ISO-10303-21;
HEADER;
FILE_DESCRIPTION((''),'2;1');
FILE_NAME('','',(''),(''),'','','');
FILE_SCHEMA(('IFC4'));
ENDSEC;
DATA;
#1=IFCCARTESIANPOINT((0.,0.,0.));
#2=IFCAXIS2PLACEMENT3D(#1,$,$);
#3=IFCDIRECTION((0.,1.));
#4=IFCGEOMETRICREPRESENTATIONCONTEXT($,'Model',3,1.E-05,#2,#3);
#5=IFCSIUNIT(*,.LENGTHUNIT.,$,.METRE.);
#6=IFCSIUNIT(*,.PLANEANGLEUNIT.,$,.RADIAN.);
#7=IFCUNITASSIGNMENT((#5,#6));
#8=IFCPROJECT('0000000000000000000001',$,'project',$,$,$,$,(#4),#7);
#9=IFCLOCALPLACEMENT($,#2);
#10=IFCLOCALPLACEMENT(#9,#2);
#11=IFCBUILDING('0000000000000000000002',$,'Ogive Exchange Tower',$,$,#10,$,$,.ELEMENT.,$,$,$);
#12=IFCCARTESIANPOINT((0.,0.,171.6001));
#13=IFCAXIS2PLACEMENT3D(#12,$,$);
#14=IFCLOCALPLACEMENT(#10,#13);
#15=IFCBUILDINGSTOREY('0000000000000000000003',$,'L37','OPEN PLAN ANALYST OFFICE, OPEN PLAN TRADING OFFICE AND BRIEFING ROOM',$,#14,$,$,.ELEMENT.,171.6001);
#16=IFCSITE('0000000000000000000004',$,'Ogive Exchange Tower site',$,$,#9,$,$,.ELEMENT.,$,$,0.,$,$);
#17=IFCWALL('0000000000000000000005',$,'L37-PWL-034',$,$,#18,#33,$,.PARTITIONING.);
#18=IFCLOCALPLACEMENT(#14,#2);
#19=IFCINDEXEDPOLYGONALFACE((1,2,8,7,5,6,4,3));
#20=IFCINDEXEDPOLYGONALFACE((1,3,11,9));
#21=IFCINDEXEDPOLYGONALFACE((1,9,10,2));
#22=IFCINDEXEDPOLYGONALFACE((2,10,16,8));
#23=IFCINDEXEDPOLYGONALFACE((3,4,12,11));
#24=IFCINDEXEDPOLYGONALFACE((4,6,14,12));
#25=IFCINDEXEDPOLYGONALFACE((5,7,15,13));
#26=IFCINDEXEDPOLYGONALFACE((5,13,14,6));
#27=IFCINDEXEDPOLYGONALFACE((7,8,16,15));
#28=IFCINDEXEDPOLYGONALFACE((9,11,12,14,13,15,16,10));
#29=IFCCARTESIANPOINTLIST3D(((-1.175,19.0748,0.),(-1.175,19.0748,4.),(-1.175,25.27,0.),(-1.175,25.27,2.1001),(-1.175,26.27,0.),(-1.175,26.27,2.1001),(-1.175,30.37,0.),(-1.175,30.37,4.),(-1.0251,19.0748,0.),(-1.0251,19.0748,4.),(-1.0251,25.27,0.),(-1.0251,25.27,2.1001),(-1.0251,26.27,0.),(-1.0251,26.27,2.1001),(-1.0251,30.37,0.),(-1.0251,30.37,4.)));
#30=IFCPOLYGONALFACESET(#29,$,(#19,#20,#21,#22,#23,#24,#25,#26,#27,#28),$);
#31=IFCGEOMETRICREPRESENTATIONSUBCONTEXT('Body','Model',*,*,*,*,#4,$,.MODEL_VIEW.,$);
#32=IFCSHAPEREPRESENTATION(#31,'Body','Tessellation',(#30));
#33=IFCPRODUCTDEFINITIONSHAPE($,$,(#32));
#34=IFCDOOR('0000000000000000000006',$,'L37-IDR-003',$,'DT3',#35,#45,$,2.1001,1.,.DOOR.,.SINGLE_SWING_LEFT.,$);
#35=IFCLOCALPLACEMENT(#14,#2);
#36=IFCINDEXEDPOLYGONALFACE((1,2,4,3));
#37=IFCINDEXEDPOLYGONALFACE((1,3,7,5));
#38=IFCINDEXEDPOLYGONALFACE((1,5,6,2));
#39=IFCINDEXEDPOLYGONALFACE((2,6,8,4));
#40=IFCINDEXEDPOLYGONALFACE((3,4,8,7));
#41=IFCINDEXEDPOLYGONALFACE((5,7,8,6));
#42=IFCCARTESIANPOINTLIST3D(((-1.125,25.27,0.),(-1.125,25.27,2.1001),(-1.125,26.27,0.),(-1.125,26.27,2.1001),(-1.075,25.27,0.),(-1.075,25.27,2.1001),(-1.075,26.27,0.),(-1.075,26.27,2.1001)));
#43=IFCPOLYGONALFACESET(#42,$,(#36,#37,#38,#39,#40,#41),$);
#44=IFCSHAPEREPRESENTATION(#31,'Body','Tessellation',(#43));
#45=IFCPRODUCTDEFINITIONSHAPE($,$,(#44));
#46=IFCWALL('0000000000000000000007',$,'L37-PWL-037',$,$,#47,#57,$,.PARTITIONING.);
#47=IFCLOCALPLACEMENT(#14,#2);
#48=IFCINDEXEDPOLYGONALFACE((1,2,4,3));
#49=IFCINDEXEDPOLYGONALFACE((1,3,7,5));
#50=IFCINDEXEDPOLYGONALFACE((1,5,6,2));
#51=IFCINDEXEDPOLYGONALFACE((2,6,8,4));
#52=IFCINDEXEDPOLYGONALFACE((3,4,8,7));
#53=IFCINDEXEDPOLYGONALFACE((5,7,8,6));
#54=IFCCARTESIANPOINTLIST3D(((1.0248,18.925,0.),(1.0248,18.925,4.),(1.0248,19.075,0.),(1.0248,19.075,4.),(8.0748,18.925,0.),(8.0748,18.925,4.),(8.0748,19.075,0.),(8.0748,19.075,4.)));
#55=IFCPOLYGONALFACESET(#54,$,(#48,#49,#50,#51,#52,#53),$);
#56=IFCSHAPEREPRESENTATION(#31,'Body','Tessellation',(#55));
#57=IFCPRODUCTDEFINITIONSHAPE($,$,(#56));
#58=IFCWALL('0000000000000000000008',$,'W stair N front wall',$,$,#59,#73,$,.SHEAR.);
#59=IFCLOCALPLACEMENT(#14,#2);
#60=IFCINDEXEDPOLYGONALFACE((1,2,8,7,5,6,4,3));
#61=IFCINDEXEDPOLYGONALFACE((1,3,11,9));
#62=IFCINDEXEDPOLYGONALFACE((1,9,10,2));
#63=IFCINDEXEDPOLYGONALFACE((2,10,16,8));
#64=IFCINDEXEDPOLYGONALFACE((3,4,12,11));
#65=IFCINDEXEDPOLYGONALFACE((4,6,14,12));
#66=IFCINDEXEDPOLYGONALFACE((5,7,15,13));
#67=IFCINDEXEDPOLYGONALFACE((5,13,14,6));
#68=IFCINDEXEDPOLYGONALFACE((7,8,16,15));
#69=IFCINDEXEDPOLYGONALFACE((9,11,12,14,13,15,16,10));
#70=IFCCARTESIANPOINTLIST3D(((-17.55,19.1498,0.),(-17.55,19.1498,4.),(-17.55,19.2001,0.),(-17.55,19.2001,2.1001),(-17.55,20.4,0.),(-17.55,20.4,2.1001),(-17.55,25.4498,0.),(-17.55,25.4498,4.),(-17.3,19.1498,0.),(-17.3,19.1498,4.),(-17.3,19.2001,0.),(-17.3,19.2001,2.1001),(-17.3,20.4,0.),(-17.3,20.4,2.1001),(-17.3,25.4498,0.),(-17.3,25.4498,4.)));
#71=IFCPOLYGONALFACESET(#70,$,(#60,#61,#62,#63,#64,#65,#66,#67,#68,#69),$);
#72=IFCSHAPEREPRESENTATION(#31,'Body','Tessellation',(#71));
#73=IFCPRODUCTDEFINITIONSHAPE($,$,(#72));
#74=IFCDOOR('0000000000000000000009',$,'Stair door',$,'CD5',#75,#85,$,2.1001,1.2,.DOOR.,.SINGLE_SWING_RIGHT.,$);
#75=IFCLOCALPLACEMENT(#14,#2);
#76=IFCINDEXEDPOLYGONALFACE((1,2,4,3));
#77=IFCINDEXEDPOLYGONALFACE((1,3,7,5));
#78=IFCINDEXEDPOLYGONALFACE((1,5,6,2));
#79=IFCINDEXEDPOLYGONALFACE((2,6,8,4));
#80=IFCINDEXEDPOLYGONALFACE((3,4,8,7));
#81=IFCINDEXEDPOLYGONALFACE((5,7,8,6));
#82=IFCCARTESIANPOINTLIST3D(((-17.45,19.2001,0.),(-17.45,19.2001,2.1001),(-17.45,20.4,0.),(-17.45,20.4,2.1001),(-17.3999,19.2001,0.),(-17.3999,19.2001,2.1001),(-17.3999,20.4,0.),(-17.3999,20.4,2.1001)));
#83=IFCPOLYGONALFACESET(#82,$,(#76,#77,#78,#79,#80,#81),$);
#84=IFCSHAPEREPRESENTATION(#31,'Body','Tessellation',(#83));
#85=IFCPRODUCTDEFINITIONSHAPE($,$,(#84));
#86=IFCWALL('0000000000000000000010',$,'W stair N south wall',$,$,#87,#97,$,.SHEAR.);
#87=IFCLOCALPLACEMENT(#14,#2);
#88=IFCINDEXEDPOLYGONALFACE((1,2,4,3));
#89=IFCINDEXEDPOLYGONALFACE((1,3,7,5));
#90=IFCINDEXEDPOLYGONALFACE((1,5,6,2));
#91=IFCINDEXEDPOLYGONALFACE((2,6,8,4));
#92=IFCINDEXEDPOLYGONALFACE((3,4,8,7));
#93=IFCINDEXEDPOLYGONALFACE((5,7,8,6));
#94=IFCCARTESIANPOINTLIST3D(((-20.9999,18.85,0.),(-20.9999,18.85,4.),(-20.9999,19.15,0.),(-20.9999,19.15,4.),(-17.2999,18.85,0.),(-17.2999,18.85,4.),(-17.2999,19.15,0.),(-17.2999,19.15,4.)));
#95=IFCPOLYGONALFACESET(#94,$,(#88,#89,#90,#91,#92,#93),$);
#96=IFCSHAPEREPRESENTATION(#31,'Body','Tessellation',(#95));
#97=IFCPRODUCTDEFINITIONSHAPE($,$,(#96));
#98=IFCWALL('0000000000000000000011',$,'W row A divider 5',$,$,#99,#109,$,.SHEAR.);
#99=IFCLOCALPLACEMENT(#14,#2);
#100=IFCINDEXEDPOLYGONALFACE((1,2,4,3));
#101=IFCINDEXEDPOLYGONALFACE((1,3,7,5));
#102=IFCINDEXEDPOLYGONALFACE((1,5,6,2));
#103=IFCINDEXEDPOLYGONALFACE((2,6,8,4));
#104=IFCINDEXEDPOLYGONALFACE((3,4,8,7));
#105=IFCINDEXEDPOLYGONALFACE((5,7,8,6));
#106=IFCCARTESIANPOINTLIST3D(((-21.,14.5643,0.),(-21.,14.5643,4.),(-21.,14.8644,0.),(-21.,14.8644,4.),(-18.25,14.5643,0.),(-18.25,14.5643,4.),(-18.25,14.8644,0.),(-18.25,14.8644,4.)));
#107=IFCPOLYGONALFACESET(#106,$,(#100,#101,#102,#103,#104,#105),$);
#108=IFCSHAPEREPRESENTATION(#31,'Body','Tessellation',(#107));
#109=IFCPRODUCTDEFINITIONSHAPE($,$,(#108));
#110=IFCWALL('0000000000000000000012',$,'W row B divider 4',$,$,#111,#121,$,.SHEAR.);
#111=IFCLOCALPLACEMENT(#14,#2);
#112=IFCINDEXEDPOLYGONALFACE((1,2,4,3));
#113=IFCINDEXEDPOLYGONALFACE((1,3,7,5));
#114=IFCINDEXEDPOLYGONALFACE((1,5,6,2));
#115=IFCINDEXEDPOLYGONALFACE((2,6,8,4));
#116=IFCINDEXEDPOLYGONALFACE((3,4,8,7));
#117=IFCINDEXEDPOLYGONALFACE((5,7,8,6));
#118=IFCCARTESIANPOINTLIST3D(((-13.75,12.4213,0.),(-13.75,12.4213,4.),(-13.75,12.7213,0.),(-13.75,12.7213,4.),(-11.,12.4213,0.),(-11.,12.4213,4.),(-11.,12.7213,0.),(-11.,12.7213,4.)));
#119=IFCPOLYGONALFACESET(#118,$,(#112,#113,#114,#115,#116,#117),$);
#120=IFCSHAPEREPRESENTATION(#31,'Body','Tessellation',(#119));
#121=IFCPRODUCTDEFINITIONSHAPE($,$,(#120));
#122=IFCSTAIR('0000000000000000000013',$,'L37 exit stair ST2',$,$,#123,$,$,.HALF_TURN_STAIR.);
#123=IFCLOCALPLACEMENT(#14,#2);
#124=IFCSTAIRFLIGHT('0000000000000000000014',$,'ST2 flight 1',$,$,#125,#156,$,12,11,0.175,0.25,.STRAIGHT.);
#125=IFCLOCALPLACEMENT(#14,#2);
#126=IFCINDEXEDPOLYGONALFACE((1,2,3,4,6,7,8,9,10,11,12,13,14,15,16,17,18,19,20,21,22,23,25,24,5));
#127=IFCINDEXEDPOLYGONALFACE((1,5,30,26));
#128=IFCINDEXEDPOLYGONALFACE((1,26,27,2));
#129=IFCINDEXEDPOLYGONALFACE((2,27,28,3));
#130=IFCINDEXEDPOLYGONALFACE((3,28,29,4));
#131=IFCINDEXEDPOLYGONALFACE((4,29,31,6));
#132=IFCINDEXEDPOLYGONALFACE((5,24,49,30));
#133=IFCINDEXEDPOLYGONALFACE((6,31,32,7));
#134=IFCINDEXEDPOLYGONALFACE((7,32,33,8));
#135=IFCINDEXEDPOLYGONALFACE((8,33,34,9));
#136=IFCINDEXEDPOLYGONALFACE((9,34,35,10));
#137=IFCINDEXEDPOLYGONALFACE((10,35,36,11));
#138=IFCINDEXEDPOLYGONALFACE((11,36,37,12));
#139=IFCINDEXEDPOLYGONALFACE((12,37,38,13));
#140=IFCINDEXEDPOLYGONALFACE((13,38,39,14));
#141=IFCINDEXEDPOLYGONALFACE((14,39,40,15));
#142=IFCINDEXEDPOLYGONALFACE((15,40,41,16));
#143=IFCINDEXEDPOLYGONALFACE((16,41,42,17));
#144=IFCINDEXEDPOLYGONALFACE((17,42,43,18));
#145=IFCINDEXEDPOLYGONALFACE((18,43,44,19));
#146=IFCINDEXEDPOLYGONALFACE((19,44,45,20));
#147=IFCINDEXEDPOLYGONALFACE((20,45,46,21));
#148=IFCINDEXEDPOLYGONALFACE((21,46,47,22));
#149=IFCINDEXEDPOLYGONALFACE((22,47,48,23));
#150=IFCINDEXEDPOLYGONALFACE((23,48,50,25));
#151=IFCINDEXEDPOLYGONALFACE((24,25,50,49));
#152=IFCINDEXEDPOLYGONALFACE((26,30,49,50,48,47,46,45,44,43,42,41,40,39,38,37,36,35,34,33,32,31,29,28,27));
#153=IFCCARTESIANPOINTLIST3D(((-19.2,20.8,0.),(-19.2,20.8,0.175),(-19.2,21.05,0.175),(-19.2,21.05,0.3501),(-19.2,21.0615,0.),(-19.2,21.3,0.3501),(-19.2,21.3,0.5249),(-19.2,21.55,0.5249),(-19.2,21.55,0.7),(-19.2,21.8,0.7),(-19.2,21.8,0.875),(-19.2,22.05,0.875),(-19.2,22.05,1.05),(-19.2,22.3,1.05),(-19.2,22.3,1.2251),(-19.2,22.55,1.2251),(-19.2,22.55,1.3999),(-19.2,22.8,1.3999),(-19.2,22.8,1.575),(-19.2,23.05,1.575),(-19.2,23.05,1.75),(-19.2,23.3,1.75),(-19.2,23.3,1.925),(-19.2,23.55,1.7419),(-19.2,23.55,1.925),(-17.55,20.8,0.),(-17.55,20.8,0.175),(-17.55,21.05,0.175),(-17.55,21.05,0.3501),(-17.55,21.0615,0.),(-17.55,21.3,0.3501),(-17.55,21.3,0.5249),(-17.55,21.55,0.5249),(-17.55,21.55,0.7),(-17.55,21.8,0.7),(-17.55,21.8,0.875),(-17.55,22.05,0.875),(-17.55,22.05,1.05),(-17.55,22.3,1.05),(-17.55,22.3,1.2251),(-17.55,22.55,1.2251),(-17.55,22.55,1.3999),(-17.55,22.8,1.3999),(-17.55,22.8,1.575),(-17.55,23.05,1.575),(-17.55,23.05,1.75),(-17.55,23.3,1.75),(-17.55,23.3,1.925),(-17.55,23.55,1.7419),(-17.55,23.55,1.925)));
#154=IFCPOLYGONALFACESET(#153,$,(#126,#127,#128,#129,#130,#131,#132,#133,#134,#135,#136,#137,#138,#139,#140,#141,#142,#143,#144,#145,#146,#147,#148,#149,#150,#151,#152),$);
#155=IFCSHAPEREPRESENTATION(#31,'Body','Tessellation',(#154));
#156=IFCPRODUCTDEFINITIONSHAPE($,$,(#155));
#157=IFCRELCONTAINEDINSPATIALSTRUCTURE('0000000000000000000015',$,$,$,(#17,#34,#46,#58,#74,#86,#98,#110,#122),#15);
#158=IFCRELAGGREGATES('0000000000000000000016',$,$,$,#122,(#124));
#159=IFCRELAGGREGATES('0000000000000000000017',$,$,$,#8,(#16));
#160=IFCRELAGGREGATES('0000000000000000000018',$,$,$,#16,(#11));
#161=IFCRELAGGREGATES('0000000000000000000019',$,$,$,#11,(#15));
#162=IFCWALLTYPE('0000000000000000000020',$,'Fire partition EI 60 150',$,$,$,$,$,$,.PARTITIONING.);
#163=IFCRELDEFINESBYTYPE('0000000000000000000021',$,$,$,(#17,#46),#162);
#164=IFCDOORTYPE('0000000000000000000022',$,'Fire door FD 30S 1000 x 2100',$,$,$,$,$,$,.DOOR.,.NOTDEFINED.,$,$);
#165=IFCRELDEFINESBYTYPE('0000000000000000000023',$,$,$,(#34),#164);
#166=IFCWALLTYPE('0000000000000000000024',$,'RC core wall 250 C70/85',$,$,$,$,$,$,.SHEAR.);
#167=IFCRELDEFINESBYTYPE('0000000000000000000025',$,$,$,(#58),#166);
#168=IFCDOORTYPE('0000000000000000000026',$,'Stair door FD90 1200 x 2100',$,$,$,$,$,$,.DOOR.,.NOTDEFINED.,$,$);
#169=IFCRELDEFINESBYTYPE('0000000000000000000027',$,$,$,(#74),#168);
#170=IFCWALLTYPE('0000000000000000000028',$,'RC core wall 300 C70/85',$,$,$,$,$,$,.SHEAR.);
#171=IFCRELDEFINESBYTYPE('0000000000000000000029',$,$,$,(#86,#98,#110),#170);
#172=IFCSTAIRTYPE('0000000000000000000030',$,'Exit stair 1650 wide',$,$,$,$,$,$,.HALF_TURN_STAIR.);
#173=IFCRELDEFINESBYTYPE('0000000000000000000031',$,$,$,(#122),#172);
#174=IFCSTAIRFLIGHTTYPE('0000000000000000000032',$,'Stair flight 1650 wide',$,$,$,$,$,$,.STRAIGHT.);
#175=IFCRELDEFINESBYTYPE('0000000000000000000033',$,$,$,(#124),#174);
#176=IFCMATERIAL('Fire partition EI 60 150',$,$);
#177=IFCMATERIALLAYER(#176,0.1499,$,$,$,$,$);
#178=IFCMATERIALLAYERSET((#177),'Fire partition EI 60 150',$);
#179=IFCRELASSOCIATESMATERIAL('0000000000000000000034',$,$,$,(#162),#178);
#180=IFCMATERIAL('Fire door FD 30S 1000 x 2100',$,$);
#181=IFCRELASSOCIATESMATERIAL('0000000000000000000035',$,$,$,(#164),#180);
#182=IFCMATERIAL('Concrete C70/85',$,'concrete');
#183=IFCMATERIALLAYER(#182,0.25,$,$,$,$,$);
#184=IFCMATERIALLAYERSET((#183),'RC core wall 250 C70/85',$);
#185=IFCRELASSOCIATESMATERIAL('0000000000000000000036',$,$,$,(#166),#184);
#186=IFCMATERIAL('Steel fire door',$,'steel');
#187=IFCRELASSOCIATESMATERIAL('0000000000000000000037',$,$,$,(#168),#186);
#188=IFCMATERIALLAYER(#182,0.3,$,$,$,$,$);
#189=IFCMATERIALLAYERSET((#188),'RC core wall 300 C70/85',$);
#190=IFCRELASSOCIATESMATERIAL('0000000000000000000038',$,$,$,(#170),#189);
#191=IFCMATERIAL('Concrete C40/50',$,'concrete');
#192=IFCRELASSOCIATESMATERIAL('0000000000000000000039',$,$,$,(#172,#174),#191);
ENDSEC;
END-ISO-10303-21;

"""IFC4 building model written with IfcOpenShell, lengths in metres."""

from ifc_helpers import new_model, si_unit, direction, frame, frame_2d, origin, place, context, subcontext, project, spatial, polyline, rectangle, outline, extrude, material, layer, layer_set, type_object, element, fill, aggregate, save


model = new_model("IFC4")

# Units and contexts
model_context = context("Model", 3, precision=1e-05, world=origin(), true_north=direction((0.0, 1.0)))
body_context = subcontext(model_context, "Body", "Model", "MODEL_VIEW")
ifc_project = project(units=[si_unit("LENGTHUNIT", "METRE"), si_unit("PLANEANGLEUNIT", "RADIAN")], contexts=[model_context])

# Site, building, storey
site_placement = place(None, origin())
site = spatial("IfcSite", under=ifc_project, at=site_placement, Name="Ogive Exchange Tower site", CompositionType="ELEMENT", RefElevation=0.0)
building_placement = place(site_placement, origin())
building = spatial("IfcBuilding", under=site, at=building_placement, Name="Ogive Exchange Tower", CompositionType="ELEMENT")
storey_placement = place(building_placement, frame((0.0, 0.0, 171.6001)))
storey = spatial("IfcBuildingStorey", under=building, at=storey_placement, Name="L37", Description="OPEN PLAN ANALYST OFFICE, OPEN PLAN TRADING OFFICE AND BRIEFING ROOM", CompositionType="ELEMENT", Elevation=171.6001)

# Shared definitions
ifc_material_1 = material(Name="Fire partition EI 60 150")
ifc_layer_1 = layer(ifc_material_1, 0.1499)
ifc_layer_set_1 = layer_set([ifc_layer_1], Name="Fire partition EI 60 150")
wall_type_1 = type_object("IfcWallType", Name="Fire partition EI 60 150", PredefinedType="PARTITIONING", material=ifc_layer_set_1)

# Wall, opening, door
wall_1_placement = place(storey_placement, frame((-1.1001, 19.075, 0.0), z_axis=(0.0, 0.0, 1.0), x_axis=(0.0, 1.0, 0.0)))
wall_1 = element("IfcWall", 1, at=wall_1_placement, inside=storey, type_object=wall_type_1, Name="L37-PWL-034", PredefinedType="PARTITIONING", context=body_context, shape_type="SweptSolid", body=[
    extrude(rectangle(XDim=11.2952, YDim=0.1499, at=frame_2d((5.6475, 0.0))), origin(), (0.0, 0.0, 1.0), 4.0),
])
opening_1_placement = place(wall_1_placement, frame((6.1951, 0.0, 0.0)))
opening_1 = element("IfcOpeningElement", 2, at=opening_1_placement, cuts=wall_1, PredefinedType="OPENING", context=body_context, shape_type="SweptSolid", body=[
    extrude(rectangle(XDim=1.0, YDim=2.1001, at=frame_2d((0.5, 1.05))), frame((0.0, 0.085, 0.0), z_axis=(0.0, -1.0, 0.0), x_axis=(1.0, 0.0, 0.0)), (0.0, 0.0, 1.0), 0.1699),
])
ifc_material_2 = material(Name="Fire door FD 30S 1000 x 2100")
door_type_1 = type_object("IfcDoorType", Name="Fire door FD 30S 1000 x 2100", OperationType="NOTDEFINED", PredefinedType="DOOR", material=ifc_material_2)
door_1_placement = place(opening_1_placement, origin())
door_1 = element("IfcDoor", 3, at=door_1_placement, inside=storey, type_object=door_type_1, Name="L37-IDR-003", ObjectType="DT3", OperationType="SINGLE_SWING_LEFT", OverallHeight=2.1001, OverallWidth=1.0, PredefinedType="DOOR", context=body_context, shape_type="SweptSolid", body=[
    extrude(rectangle(XDim=1.0, YDim=2.1001, at=frame_2d((0.5, 1.05))), frame((0.0, 0.0249, 0.0), z_axis=(0.0, -1.0, 0.0), x_axis=(1.0, 0.0, 0.0)), (0.0, 0.0, 1.0), 0.05),
])
fill(opening_1, door_1)

# Wall
wall_2_placement = place(storey_placement, frame((1.0249, 19.0, 0.0), z_axis=(0.0, 0.0, 1.0), x_axis=(1.0, 0.0, 0.0)))
element("IfcWall", 4, at=wall_2_placement, inside=storey, type_object=wall_type_1, Name="L37-PWL-037", PredefinedType="PARTITIONING", context=body_context, shape_type="SweptSolid", body=[
    extrude(rectangle(XDim=7.05, YDim=0.1499, at=frame_2d((3.5249, 0.0))), origin(), (0.0, 0.0, 1.0), 4.0),
])

# Wall, opening, door
ifc_material_3 = material(Name="Concrete C70/85", Category="concrete")
ifc_layer_2 = layer(ifc_material_3, 0.25)
ifc_layer_set_2 = layer_set([ifc_layer_2], Name="RC core wall 250 C70/85")
wall_type_2 = type_object("IfcWallType", Name="RC core wall 250 C70/85", PredefinedType="SHEAR", material=ifc_layer_set_2)
wall_3_placement = place(storey_placement, frame((-17.425, 19.1499, 0.0), z_axis=(0.0, 0.0, 1.0), x_axis=(0.0, 1.0, 0.0)))
wall_3 = element("IfcWall", 5, at=wall_3_placement, inside=storey, type_object=wall_type_2, Name="W stair N front wall", PredefinedType="SHEAR", context=body_context, shape_type="SweptSolid", body=[
    extrude(rectangle(XDim=6.3, YDim=0.25, at=frame_2d((3.1499, 0.0))), origin(), (0.0, 0.0, 1.0), 4.0),
])
opening_2_placement = place(wall_3_placement, frame((0.05, 0.0, 0.0)))
opening_2 = element("IfcOpeningElement", 6, at=opening_2_placement, cuts=wall_3, PredefinedType="OPENING", context=body_context, shape_type="SweptSolid", body=[
    extrude(rectangle(XDim=1.2, YDim=2.1001, at=frame_2d((0.6001, 1.05))), frame((0.0, 0.135, 0.0), z_axis=(0.0, -1.0, 0.0), x_axis=(1.0, 0.0, 0.0)), (0.0, 0.0, 1.0), 0.27),
])
ifc_material_4 = material(Name="Steel fire door", Category="steel")
door_type_2 = type_object("IfcDoorType", Name="Stair door FD90 1200 x 2100", OperationType="NOTDEFINED", PredefinedType="DOOR", material=ifc_material_4)
door_2_placement = place(opening_2_placement, origin())
door_2 = element("IfcDoor", 7, at=door_2_placement, inside=storey, type_object=door_type_2, Name="Stair door", ObjectType="CD5", OperationType="SINGLE_SWING_RIGHT", OverallHeight=2.1001, OverallWidth=1.2, PredefinedType="DOOR", context=body_context, shape_type="SweptSolid", body=[
    extrude(rectangle(XDim=1.2, YDim=2.1001, at=frame_2d((0.6001, 1.05))), frame((0.0, 0.0249, 0.0), z_axis=(0.0, -1.0, 0.0), x_axis=(1.0, 0.0, 0.0)), (0.0, 0.0, 1.0), 0.05),
])
fill(opening_2, door_2)

# Walls
ifc_layer_3 = layer(ifc_material_3, 0.3)
ifc_layer_set_3 = layer_set([ifc_layer_3], Name="RC core wall 300 C70/85")
wall_type_3 = type_object("IfcWallType", Name="RC core wall 300 C70/85", PredefinedType="SHEAR", material=ifc_layer_set_3)
wall_4_placement = place(storey_placement, frame((-21.0, 19.0, 0.0), z_axis=(0.0, 0.0, 1.0), x_axis=(1.0, 0.0, 0.0)))
element("IfcWall", 8, at=wall_4_placement, inside=storey, type_object=wall_type_3, Name="W stair N south wall", PredefinedType="SHEAR", context=body_context, shape_type="SweptSolid", body=[
    extrude(rectangle(XDim=3.7, YDim=0.3, at=frame_2d((1.8501, 0.0))), origin(), (0.0, 0.0, 1.0), 4.0),
])
for number, where, z_axis, x_axis, name in (
    (9, (-21.0, 14.7144, 0.0), (0.0, 0.0, 1.0), (1.0, 0.0, 0.0), "W row A divider 5"),
    (10, (-13.75, 12.5713, 0.0), (0.0, 0.0, 1.0), (1.0, 0.0, 0.0), "W row B divider 4"),
):
    element("IfcWall", number, at=place(storey_placement, frame(where, z_axis=z_axis, x_axis=x_axis)), inside=storey, type_object=wall_type_3, Name=name, PredefinedType="SHEAR", context=body_context, shape_type="SweptSolid", body=[
        extrude(rectangle(XDim=2.75, YDim=0.3, at=frame_2d((1.375, 0.0))), origin(), (0.0, 0.0, 1.0), 4.0),
    ])

# Stair, stair flight
ifc_material_5 = material(Name="Concrete C40/50", Category="concrete")
stair_type = type_object("IfcStairType", Name="Exit stair 1650 wide", PredefinedType="HALF_TURN_STAIR", material=ifc_material_5)
stair_placement = place(storey_placement, origin())
stair = element("IfcStair", 11, at=stair_placement, inside=storey, type_object=stair_type, Name="L37 exit stair ST2", PredefinedType="HALF_TURN_STAIR")
stair_flight_type = type_object("IfcStairFlightType", Name="Stair flight 1650 wide", PredefinedType="STRAIGHT", material=ifc_material_5)
stair_flight_1_placement = place(storey_placement, frame((-18.375, 20.8, 0.0), z_axis=(0.0, 0.0, 1.0), x_axis=(0.0, 1.0, 0.0)))
stair_flight_1 = element("IfcStairFlight", 12, at=stair_flight_1_placement, type_object=stair_flight_type, Name="ST2 flight 1", NumberOfRisers=12, NumberOfTreads=11, PredefinedType="STRAIGHT", RiserHeight=0.175, TreadLength=0.25, context=body_context, shape_type="SweptSolid", body=[
    extrude(outline(polyline([(0.0, 0.0), (0.0, 0.175), (0.25, 0.175), (0.25, 0.3501), (0.5, 0.3501), (0.5, 0.5249), (0.75, 0.5249), (0.75, 0.7), (1.0, 0.7), (1.0, 0.875), (1.25, 0.875), (1.25, 1.05), (1.5, 1.05), (1.5, 1.2251), (1.75, 1.2251), (1.75, 1.3999), (2.0, 1.3999), (2.0, 1.575), (2.25, 1.575), (2.25, 1.75), (2.5, 1.75), (2.5, 1.925), (2.75, 1.925), (2.75, 2.1001), (2.75, 1.7419), (0.2615, 0.0), (0.0, 0.0)])), frame((0.0, 0.825, 0.0), z_axis=(0.0, -1.0, 0.0), x_axis=(1.0, 0.0, 0.0)), (0.0, 0.0, 1.0), 1.6499),
])
aggregate(stair, [stair_flight_1])

save(model, "model.ifc")
